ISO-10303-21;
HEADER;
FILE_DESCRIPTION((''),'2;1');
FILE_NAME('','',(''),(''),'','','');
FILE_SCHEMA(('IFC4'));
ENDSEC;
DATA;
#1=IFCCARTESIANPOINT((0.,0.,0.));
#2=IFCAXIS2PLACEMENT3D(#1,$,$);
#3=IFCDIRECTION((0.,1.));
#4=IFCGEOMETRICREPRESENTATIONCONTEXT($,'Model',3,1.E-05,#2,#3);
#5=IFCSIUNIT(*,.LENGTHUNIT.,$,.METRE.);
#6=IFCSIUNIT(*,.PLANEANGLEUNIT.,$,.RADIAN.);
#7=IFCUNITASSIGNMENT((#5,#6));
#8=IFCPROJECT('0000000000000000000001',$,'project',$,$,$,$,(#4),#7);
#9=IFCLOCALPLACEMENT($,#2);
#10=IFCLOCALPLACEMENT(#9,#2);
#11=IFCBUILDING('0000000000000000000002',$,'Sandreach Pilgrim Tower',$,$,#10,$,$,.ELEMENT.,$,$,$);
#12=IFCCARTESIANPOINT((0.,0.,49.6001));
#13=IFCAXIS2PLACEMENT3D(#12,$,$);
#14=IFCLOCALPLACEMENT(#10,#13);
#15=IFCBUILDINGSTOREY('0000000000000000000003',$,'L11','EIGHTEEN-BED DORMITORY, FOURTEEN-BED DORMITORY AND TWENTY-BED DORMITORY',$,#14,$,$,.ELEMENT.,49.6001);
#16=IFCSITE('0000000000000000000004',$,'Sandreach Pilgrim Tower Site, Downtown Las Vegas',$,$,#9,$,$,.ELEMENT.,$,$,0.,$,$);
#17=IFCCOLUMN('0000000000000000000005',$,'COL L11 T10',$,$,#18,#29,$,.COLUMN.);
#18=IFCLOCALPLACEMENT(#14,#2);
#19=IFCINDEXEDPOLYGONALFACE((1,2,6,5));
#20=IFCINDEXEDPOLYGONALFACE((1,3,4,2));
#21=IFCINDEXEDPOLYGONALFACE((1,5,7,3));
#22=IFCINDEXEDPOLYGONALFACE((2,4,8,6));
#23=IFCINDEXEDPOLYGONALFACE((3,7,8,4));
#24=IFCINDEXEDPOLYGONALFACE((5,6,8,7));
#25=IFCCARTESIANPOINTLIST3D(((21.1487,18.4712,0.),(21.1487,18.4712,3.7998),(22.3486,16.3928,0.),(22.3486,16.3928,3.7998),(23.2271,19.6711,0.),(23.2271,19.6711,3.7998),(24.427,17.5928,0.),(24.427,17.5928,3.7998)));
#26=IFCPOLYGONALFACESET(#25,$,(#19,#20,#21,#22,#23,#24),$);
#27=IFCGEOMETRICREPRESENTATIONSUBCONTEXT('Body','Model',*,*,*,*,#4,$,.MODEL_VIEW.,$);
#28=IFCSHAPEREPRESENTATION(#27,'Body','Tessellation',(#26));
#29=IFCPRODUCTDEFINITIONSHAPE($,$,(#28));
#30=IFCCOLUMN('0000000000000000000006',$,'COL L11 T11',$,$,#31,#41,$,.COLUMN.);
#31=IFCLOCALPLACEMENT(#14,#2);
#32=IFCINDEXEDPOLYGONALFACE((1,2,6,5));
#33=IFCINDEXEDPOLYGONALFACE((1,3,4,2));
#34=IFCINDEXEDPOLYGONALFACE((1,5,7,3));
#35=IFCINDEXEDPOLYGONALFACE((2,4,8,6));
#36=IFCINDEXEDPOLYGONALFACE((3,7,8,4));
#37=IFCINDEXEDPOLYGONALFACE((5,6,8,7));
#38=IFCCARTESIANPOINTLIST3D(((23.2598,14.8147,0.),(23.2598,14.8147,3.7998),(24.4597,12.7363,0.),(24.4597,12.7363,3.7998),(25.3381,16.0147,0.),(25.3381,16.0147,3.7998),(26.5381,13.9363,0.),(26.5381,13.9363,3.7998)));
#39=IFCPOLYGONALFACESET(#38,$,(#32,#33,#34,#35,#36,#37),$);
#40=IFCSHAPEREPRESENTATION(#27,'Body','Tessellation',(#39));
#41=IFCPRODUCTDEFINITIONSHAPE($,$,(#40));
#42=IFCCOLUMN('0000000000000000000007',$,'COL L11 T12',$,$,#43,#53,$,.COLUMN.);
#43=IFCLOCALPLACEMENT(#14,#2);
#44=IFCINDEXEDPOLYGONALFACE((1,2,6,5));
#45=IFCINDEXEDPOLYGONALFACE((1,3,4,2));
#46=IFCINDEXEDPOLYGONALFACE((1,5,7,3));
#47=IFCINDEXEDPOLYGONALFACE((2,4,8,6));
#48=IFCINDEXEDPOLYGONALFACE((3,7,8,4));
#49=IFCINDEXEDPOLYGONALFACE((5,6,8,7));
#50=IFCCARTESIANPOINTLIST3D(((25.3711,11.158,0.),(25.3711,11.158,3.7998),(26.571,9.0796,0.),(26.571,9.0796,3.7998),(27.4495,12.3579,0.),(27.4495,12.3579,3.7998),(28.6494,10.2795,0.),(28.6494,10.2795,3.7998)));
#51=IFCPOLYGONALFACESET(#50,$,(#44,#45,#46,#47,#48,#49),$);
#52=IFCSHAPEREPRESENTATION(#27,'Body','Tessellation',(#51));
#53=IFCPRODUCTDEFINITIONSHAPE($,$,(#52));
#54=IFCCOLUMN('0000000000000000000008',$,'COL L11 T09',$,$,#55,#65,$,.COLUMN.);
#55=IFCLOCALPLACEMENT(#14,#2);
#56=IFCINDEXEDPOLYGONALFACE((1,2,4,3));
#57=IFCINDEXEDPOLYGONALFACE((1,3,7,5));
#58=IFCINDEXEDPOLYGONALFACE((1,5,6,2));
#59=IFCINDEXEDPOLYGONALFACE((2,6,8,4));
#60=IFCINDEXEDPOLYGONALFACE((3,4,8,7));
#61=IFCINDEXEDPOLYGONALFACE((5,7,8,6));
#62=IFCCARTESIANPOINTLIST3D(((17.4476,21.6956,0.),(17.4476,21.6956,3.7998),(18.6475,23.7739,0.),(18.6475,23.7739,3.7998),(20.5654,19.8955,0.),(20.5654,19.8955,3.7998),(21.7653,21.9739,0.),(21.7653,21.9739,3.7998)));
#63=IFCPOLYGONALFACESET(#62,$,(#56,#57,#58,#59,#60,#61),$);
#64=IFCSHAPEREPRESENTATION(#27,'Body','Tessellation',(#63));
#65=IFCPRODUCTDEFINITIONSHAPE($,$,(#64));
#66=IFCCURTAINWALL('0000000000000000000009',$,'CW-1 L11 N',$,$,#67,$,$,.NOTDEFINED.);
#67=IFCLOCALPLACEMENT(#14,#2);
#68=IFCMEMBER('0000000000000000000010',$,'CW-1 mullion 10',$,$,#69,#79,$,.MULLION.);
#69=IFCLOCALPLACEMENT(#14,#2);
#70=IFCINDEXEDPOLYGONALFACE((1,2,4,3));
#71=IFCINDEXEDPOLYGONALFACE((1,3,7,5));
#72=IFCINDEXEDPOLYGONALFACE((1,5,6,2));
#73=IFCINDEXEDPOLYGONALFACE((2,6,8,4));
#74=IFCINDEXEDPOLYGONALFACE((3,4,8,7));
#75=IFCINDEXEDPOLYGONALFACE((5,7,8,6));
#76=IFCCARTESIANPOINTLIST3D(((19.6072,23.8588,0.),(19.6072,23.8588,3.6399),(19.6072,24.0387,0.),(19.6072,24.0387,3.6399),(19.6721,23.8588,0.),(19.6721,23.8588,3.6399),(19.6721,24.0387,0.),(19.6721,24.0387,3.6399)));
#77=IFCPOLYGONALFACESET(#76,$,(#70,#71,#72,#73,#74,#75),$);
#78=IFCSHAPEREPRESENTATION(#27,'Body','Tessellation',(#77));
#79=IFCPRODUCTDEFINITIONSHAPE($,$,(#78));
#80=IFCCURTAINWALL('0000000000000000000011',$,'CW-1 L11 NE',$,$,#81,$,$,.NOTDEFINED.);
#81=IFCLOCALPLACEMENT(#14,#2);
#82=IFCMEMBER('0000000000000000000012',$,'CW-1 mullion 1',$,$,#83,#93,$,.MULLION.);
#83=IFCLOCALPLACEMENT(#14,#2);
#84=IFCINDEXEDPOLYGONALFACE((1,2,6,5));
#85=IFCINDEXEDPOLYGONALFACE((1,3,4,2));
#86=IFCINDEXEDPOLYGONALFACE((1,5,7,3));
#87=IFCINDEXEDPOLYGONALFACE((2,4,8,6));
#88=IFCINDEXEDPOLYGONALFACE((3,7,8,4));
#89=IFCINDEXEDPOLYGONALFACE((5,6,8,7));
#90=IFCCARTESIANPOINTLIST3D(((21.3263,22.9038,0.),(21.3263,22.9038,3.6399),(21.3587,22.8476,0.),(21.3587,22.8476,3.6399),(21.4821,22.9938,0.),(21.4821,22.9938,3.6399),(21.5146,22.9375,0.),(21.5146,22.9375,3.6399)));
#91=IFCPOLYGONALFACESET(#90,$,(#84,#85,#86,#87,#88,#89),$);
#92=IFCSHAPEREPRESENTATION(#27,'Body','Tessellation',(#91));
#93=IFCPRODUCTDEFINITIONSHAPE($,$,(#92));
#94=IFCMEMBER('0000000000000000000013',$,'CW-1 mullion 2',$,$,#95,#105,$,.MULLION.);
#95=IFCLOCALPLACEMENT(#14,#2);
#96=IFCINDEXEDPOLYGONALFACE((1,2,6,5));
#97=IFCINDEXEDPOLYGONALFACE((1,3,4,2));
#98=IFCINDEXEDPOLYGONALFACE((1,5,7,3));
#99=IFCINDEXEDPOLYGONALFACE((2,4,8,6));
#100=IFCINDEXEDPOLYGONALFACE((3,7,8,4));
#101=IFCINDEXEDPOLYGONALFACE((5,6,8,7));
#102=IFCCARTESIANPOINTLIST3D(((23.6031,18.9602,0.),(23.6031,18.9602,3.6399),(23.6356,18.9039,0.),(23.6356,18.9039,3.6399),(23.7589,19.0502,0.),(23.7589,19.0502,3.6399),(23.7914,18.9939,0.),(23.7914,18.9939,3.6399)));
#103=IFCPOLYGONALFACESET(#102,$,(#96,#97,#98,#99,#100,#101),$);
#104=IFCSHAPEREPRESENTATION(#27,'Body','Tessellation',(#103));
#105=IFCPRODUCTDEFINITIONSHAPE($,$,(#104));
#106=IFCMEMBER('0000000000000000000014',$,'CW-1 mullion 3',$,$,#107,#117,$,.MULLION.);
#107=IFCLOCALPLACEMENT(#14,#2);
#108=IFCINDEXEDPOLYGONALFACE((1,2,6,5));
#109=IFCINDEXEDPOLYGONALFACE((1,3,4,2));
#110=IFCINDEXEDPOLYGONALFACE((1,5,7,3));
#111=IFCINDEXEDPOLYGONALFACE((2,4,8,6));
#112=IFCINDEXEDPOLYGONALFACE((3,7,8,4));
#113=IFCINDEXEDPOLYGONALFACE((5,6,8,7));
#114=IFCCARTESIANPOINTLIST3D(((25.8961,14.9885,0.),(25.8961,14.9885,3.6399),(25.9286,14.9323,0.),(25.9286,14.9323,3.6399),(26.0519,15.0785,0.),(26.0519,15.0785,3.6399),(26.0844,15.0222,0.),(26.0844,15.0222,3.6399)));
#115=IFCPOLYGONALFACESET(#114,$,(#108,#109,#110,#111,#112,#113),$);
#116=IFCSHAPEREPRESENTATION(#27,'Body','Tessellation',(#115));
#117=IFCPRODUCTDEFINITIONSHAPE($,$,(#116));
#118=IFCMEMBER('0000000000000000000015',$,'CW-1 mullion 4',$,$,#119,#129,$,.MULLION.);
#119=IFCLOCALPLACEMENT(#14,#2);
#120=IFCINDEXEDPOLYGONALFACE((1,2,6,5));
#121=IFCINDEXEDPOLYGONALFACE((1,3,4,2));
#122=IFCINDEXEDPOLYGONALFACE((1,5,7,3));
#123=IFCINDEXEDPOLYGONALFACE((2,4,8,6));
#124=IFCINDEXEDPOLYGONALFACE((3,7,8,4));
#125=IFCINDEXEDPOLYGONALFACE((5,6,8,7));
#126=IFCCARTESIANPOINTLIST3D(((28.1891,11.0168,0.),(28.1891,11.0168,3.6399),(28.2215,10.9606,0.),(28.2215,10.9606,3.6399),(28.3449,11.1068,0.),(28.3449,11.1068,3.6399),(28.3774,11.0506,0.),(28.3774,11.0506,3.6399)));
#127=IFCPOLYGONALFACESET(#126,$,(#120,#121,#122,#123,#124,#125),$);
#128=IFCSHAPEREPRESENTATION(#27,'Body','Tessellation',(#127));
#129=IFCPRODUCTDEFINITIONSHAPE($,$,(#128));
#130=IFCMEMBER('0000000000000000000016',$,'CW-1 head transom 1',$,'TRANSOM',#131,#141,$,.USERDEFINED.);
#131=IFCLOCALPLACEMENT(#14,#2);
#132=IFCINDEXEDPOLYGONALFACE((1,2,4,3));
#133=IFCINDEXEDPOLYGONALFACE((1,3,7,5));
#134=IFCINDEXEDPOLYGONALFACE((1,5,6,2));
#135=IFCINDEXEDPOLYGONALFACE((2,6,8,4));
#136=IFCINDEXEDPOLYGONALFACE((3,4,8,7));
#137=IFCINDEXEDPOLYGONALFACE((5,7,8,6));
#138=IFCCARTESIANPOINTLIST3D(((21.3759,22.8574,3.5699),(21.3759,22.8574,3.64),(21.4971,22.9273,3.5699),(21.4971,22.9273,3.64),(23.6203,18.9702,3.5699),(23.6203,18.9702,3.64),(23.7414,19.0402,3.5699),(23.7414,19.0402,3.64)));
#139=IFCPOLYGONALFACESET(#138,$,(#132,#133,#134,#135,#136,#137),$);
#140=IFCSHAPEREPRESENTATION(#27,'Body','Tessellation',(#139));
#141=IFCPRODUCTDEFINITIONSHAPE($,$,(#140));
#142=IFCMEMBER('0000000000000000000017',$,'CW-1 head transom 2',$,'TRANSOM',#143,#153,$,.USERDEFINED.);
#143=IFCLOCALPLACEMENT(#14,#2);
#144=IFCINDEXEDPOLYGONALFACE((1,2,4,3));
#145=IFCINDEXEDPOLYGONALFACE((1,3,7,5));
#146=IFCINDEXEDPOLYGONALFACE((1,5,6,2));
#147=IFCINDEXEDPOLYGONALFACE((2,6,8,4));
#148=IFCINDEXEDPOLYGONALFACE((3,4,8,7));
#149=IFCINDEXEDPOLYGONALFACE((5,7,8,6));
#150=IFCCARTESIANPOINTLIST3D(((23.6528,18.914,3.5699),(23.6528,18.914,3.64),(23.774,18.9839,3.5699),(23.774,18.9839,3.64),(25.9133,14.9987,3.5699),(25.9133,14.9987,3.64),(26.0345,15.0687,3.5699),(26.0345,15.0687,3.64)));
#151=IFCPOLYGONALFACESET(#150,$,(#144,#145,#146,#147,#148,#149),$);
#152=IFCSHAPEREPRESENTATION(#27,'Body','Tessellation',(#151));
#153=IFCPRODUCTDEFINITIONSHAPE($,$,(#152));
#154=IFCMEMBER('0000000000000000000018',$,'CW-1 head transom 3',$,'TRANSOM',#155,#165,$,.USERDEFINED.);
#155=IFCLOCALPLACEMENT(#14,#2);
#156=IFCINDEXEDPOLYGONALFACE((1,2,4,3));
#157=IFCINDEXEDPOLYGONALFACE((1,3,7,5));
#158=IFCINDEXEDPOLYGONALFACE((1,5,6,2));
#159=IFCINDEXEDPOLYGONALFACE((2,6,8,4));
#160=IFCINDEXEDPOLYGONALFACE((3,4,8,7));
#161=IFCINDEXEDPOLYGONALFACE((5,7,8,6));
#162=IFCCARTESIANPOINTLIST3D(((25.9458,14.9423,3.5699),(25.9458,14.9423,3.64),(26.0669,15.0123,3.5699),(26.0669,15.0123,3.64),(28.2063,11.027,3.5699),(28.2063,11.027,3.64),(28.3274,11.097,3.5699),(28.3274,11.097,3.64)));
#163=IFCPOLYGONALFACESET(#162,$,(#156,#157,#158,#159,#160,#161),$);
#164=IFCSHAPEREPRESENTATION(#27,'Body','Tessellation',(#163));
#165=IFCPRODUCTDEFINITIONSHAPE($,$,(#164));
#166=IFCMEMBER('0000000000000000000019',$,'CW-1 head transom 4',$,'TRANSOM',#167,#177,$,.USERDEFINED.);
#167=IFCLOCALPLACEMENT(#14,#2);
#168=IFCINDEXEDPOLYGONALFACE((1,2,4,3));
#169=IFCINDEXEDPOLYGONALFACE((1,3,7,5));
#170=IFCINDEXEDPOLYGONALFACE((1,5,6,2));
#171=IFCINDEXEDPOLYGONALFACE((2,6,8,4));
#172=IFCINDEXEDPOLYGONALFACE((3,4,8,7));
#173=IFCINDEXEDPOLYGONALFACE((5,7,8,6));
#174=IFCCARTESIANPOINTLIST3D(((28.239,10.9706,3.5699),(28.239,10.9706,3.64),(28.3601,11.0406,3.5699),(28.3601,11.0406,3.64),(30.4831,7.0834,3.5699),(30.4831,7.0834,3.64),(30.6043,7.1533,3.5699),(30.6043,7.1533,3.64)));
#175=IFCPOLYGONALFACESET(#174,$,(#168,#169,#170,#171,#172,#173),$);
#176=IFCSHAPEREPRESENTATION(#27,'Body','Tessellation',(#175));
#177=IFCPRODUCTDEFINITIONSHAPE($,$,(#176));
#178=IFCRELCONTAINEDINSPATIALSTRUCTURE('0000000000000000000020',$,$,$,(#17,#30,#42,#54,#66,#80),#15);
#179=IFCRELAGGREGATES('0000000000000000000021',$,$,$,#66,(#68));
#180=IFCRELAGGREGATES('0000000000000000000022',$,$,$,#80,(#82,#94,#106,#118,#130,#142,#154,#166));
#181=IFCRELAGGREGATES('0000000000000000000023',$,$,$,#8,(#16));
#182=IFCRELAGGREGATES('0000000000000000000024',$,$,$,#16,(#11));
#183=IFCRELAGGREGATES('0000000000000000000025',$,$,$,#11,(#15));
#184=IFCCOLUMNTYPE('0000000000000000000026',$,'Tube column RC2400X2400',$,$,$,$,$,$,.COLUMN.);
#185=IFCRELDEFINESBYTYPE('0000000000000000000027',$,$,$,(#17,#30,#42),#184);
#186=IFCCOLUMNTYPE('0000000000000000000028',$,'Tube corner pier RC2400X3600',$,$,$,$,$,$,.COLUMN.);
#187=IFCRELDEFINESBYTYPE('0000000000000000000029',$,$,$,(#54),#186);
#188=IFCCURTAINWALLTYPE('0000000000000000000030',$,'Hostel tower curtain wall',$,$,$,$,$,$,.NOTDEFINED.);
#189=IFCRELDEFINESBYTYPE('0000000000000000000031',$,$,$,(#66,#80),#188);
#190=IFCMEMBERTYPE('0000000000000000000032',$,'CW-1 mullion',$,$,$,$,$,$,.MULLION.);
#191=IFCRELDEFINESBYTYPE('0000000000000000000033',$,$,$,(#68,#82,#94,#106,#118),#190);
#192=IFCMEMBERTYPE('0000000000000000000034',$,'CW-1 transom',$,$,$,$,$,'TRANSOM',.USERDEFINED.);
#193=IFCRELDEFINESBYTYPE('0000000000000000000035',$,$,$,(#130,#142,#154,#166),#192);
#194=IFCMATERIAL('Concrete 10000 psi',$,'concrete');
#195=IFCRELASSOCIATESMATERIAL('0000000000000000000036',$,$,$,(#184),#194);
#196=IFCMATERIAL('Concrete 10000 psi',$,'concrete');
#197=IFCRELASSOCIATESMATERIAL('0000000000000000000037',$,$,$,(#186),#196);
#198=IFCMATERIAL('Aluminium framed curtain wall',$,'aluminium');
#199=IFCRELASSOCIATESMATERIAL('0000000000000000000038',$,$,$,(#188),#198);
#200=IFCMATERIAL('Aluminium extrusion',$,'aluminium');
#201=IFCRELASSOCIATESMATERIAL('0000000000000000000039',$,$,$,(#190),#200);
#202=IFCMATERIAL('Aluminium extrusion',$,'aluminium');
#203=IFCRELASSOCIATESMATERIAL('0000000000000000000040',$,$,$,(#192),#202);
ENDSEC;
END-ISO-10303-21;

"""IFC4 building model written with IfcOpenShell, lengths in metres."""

from ifc_helpers import new_model, si_unit, direction, frame, origin, origin_2d, place, context, subcontext, project, spatial, rectangle, extrude, material, material_profile, profile_set, type_object, element, aggregate, save


model = new_model("IFC4")

# Units and contexts
model_context = context("Model", 3, precision=1e-05, world=origin(), true_north=direction((0.0, 1.0)))
body_context = subcontext(model_context, "Body", "Model", "MODEL_VIEW")
ifc_project = project(units=[si_unit("LENGTHUNIT", "METRE"), si_unit("PLANEANGLEUNIT", "RADIAN")], contexts=[model_context])

# Site, building, storey
site_placement = place(None, origin())
site = spatial("IfcSite", under=ifc_project, at=site_placement, Name="Sandreach Pilgrim Tower Site, Downtown Las Vegas", CompositionType="ELEMENT", RefElevation=0.0)
building_placement = place(site_placement, origin())
building = spatial("IfcBuilding", under=site, at=building_placement, Name="Sandreach Pilgrim Tower", CompositionType="ELEMENT")
storey_placement = place(building_placement, frame((0.0, 0.0, 49.6001)))
storey = spatial("IfcBuildingStorey", under=building, at=storey_placement, Name="L11", Description="EIGHTEEN-BED DORMITORY, FOURTEEN-BED DORMITORY AND TWENTY-BED DORMITORY", CompositionType="ELEMENT", Elevation=49.6001)

# Columns
ifc_material_1 = material(Name="Concrete 10000 psi", Category="concrete")
ifc_material_profile_1 = material_profile(ifc_material_1, rectangle(XDim=2.3999, YDim=2.3999, at=origin_2d()), Name="RC2400X2400")
ifc_profile_set_1 = profile_set([ifc_material_profile_1], Name="Concrete 10000 psi")
column_type_1 = type_object("IfcColumnType", Name="Tube column RC2400X2400", PredefinedType="COLUMN", material=ifc_profile_set_1)
for number, where, z_axis, x_axis, name in (
    (1, (22.7878, 18.032, 0.0), (0.0, 0.0, 1.0), (0.866025, 0.5, 0.0), "COL L11 T10"),
    (2, (24.8989, 14.3755, 0.0), (0.0, 0.0, 1.0), (0.866025, 0.5, 0.0), "COL L11 T11"),
    (3, (27.0103, 10.7188, 0.0), (0.0, 0.0, 1.0), (0.866025, 0.5, 0.0), "COL L11 T12"),
):
    element("IfcColumn", number, at=place(storey_placement, frame(where, z_axis=z_axis, x_axis=x_axis)), inside=storey, type_object=column_type_1, Name=name, PredefinedType="COLUMN", context=body_context, shape_type="SweptSolid", body=[
        extrude(rectangle(XDim=2.3999, YDim=2.3999, at=origin_2d()), origin(), (0.0, 0.0, 1.0), 3.7998),
    ])
ifc_material_2 = material(Name="Concrete 10000 psi", Category="concrete")
ifc_material_profile_2 = material_profile(ifc_material_2, rectangle(XDim=2.3999, YDim=3.6001, at=origin_2d()), Name="RC2400X3600")
ifc_profile_set_2 = profile_set([ifc_material_profile_2], Name="Concrete 10000 psi")
column_type_2 = type_object("IfcColumnType", Name="Tube corner pier RC2400X3600", PredefinedType="COLUMN", material=ifc_profile_set_2)
column_placement = place(storey_placement, frame((19.6064, 21.8347, 0.0), z_axis=(0.0, 0.0, 1.0), x_axis=(0.5, 0.866025, 0.0)))
element("IfcColumn", 4, at=column_placement, inside=storey, type_object=column_type_2, Name="COL L11 T09", PredefinedType="COLUMN", context=body_context, shape_type="SweptSolid", body=[
    extrude(rectangle(XDim=2.3999, YDim=3.6001, at=origin_2d()), origin(), (0.0, 0.0, 1.0), 3.7998),
])

# Curtain wall, member
ifc_material_3 = material(Name="Aluminium framed curtain wall", Category="aluminium")
curtain_wall_type = type_object("IfcCurtainWallType", Name="Hostel tower curtain wall", PredefinedType="NOTDEFINED", material=ifc_material_3)
curtain_wall_1_placement = place(storey_placement, origin())
curtain_wall_1 = element("IfcCurtainWall", 5, at=curtain_wall_1_placement, inside=storey, type_object=curtain_wall_type, Name="CW-1 L11 N", PredefinedType="NOTDEFINED")
ifc_material_4 = material(Name="Aluminium extrusion", Category="aluminium")
ifc_material_profile_3 = material_profile(ifc_material_4, rectangle(XDim=0.0649, YDim=0.1799, at=origin_2d()), Name="CW-1M 65X180")
ifc_profile_set_3 = profile_set([ifc_material_profile_3], Name="Aluminium extrusion")
member_type_1 = type_object("IfcMemberType", Name="CW-1 mullion", PredefinedType="MULLION", material=ifc_profile_set_3)
member_1_placement = place(storey_placement, frame((19.6396, 23.9487, 0.0), z_axis=(0.0, 0.0, 1.0), x_axis=(1.0, 0.0, 0.0)))
member_1 = element("IfcMember", 6, at=member_1_placement, type_object=member_type_1, Name="CW-1 mullion 10", PredefinedType="MULLION", context=body_context, shape_type="SweptSolid", body=[
    extrude(rectangle(XDim=0.0649, YDim=0.1799, at=origin_2d()), origin(), (0.0, 0.0, 1.0), 3.6399),
])

# Curtain wall, members
curtain_wall_2_placement = place(storey_placement, origin())
curtain_wall_2 = element("IfcCurtainWall", 7, at=curtain_wall_2_placement, inside=storey, type_object=curtain_wall_type, Name="CW-1 L11 NE", PredefinedType="NOTDEFINED")
member_2_placement = place(storey_placement, frame((21.4204, 22.9207, 0.0), z_axis=(0.0, 0.0, 1.0), x_axis=(0.5, -0.866025, 0.0)))
member_2 = element("IfcMember", 8, at=member_2_placement, type_object=member_type_1, Name="CW-1 mullion 1", PredefinedType="MULLION", context=body_context, shape_type="SweptSolid", body=[
    extrude(rectangle(XDim=0.0649, YDim=0.1799, at=origin_2d()), origin(), (0.0, 0.0, 1.0), 3.6399),
])
member_3_placement = place(storey_placement, frame((23.6973, 18.9771, 0.0), z_axis=(0.0, 0.0, 1.0), x_axis=(0.5, -0.866025, 0.0)))
member_3 = element("IfcMember", 9, at=member_3_placement, type_object=member_type_1, Name="CW-1 mullion 2", PredefinedType="MULLION", context=body_context, shape_type="SweptSolid", body=[
    extrude(rectangle(XDim=0.0649, YDim=0.1799, at=origin_2d()), origin(), (0.0, 0.0, 1.0), 3.6399),
])
member_4_placement = place(storey_placement, frame((25.9902, 15.0054, 0.0), z_axis=(0.0, 0.0, 1.0), x_axis=(0.5, -0.866025, 0.0)))
member_4 = element("IfcMember", 10, at=member_4_placement, type_object=member_type_1, Name="CW-1 mullion 3", PredefinedType="MULLION", context=body_context, shape_type="SweptSolid", body=[
    extrude(rectangle(XDim=0.0649, YDim=0.1799, at=origin_2d()), origin(), (0.0, 0.0, 1.0), 3.6399),
])
member_5_placement = place(storey_placement, frame((28.2832, 11.0337, 0.0), z_axis=(0.0, 0.0, 1.0), x_axis=(0.5, -0.866025, 0.0)))
member_5 = element("IfcMember", 11, at=member_5_placement, type_object=member_type_1, Name="CW-1 mullion 4", PredefinedType="MULLION", context=body_context, shape_type="SweptSolid", body=[
    extrude(rectangle(XDim=0.0649, YDim=0.1799, at=origin_2d()), origin(), (0.0, 0.0, 1.0), 3.6399),
])
ifc_material_5 = material(Name="Aluminium extrusion", Category="aluminium")
ifc_material_profile_4 = material_profile(ifc_material_5, rectangle(XDim=0.1399, YDim=0.0701, at=origin_2d()), Name="CW-1T 140X70")
ifc_profile_set_4 = profile_set([ifc_material_profile_4], Name="Aluminium extrusion")
member_type_2 = type_object("IfcMemberType", Name="CW-1 transom", ElementType="TRANSOM", PredefinedType="USERDEFINED", material=ifc_profile_set_4)
member_6_placement = place(storey_placement, frame((21.4365, 22.8923, 3.605), z_axis=(0.500018, -0.866015, 0.0), x_axis=(0.866015, 0.500018, 0.0)))
member_6 = element("IfcMember", 12, at=member_6_placement, type_object=member_type_2, Name="CW-1 head transom 1", ObjectType="TRANSOM", PredefinedType="USERDEFINED", context=body_context, shape_type="SweptSolid", body=[
    extrude(rectangle(XDim=0.1399, YDim=0.0701, at=origin_2d()), origin(), (0.0, 0.0, 1.0), 4.4885),
])
member_7_placement = place(storey_placement, frame((23.7134, 18.949, 3.605), z_axis=(0.500001, -0.866025, 0.0), x_axis=(0.866025, 0.500001, 0.0)))
member_7 = element("IfcMember", 13, at=member_7_placement, type_object=member_type_2, Name="CW-1 head transom 2", ObjectType="TRANSOM", PredefinedType="USERDEFINED", context=body_context, shape_type="SweptSolid", body=[
    extrude(rectangle(XDim=0.1399, YDim=0.0701, at=origin_2d()), origin(), (0.0, 0.0, 1.0), 4.521),
])
member_8_placement = place(storey_placement, frame((26.0063, 14.9773, 3.605), z_axis=(0.500001, -0.866025, 0.0), x_axis=(0.866025, 0.500001, 0.0)))
member_8 = element("IfcMember", 14, at=member_8_placement, type_object=member_type_2, Name="CW-1 head transom 3", ObjectType="TRANSOM", PredefinedType="USERDEFINED", context=body_context, shape_type="SweptSolid", body=[
    extrude(rectangle(XDim=0.1399, YDim=0.0701, at=origin_2d()), origin(), (0.0, 0.0, 1.0), 4.521),
])
member_9_placement = place(storey_placement, frame((28.2996, 11.0056, 3.605), z_axis=(0.499977, -0.866039, 0.0), x_axis=(0.866039, 0.499977, 0.0)))
member_9 = element("IfcMember", 15, at=member_9_placement, type_object=member_type_2, Name="CW-1 head transom 4", ObjectType="TRANSOM", PredefinedType="USERDEFINED", context=body_context, shape_type="SweptSolid", body=[
    extrude(rectangle(XDim=0.1399, YDim=0.0701, at=origin_2d()), origin(), (0.0, 0.0, 1.0), 4.4885),
])

aggregate(curtain_wall_1, [member_1])
aggregate(curtain_wall_2, [member_2, member_3, member_4, member_5, member_6, member_7, member_8, member_9])

save(model, "model.ifc")
